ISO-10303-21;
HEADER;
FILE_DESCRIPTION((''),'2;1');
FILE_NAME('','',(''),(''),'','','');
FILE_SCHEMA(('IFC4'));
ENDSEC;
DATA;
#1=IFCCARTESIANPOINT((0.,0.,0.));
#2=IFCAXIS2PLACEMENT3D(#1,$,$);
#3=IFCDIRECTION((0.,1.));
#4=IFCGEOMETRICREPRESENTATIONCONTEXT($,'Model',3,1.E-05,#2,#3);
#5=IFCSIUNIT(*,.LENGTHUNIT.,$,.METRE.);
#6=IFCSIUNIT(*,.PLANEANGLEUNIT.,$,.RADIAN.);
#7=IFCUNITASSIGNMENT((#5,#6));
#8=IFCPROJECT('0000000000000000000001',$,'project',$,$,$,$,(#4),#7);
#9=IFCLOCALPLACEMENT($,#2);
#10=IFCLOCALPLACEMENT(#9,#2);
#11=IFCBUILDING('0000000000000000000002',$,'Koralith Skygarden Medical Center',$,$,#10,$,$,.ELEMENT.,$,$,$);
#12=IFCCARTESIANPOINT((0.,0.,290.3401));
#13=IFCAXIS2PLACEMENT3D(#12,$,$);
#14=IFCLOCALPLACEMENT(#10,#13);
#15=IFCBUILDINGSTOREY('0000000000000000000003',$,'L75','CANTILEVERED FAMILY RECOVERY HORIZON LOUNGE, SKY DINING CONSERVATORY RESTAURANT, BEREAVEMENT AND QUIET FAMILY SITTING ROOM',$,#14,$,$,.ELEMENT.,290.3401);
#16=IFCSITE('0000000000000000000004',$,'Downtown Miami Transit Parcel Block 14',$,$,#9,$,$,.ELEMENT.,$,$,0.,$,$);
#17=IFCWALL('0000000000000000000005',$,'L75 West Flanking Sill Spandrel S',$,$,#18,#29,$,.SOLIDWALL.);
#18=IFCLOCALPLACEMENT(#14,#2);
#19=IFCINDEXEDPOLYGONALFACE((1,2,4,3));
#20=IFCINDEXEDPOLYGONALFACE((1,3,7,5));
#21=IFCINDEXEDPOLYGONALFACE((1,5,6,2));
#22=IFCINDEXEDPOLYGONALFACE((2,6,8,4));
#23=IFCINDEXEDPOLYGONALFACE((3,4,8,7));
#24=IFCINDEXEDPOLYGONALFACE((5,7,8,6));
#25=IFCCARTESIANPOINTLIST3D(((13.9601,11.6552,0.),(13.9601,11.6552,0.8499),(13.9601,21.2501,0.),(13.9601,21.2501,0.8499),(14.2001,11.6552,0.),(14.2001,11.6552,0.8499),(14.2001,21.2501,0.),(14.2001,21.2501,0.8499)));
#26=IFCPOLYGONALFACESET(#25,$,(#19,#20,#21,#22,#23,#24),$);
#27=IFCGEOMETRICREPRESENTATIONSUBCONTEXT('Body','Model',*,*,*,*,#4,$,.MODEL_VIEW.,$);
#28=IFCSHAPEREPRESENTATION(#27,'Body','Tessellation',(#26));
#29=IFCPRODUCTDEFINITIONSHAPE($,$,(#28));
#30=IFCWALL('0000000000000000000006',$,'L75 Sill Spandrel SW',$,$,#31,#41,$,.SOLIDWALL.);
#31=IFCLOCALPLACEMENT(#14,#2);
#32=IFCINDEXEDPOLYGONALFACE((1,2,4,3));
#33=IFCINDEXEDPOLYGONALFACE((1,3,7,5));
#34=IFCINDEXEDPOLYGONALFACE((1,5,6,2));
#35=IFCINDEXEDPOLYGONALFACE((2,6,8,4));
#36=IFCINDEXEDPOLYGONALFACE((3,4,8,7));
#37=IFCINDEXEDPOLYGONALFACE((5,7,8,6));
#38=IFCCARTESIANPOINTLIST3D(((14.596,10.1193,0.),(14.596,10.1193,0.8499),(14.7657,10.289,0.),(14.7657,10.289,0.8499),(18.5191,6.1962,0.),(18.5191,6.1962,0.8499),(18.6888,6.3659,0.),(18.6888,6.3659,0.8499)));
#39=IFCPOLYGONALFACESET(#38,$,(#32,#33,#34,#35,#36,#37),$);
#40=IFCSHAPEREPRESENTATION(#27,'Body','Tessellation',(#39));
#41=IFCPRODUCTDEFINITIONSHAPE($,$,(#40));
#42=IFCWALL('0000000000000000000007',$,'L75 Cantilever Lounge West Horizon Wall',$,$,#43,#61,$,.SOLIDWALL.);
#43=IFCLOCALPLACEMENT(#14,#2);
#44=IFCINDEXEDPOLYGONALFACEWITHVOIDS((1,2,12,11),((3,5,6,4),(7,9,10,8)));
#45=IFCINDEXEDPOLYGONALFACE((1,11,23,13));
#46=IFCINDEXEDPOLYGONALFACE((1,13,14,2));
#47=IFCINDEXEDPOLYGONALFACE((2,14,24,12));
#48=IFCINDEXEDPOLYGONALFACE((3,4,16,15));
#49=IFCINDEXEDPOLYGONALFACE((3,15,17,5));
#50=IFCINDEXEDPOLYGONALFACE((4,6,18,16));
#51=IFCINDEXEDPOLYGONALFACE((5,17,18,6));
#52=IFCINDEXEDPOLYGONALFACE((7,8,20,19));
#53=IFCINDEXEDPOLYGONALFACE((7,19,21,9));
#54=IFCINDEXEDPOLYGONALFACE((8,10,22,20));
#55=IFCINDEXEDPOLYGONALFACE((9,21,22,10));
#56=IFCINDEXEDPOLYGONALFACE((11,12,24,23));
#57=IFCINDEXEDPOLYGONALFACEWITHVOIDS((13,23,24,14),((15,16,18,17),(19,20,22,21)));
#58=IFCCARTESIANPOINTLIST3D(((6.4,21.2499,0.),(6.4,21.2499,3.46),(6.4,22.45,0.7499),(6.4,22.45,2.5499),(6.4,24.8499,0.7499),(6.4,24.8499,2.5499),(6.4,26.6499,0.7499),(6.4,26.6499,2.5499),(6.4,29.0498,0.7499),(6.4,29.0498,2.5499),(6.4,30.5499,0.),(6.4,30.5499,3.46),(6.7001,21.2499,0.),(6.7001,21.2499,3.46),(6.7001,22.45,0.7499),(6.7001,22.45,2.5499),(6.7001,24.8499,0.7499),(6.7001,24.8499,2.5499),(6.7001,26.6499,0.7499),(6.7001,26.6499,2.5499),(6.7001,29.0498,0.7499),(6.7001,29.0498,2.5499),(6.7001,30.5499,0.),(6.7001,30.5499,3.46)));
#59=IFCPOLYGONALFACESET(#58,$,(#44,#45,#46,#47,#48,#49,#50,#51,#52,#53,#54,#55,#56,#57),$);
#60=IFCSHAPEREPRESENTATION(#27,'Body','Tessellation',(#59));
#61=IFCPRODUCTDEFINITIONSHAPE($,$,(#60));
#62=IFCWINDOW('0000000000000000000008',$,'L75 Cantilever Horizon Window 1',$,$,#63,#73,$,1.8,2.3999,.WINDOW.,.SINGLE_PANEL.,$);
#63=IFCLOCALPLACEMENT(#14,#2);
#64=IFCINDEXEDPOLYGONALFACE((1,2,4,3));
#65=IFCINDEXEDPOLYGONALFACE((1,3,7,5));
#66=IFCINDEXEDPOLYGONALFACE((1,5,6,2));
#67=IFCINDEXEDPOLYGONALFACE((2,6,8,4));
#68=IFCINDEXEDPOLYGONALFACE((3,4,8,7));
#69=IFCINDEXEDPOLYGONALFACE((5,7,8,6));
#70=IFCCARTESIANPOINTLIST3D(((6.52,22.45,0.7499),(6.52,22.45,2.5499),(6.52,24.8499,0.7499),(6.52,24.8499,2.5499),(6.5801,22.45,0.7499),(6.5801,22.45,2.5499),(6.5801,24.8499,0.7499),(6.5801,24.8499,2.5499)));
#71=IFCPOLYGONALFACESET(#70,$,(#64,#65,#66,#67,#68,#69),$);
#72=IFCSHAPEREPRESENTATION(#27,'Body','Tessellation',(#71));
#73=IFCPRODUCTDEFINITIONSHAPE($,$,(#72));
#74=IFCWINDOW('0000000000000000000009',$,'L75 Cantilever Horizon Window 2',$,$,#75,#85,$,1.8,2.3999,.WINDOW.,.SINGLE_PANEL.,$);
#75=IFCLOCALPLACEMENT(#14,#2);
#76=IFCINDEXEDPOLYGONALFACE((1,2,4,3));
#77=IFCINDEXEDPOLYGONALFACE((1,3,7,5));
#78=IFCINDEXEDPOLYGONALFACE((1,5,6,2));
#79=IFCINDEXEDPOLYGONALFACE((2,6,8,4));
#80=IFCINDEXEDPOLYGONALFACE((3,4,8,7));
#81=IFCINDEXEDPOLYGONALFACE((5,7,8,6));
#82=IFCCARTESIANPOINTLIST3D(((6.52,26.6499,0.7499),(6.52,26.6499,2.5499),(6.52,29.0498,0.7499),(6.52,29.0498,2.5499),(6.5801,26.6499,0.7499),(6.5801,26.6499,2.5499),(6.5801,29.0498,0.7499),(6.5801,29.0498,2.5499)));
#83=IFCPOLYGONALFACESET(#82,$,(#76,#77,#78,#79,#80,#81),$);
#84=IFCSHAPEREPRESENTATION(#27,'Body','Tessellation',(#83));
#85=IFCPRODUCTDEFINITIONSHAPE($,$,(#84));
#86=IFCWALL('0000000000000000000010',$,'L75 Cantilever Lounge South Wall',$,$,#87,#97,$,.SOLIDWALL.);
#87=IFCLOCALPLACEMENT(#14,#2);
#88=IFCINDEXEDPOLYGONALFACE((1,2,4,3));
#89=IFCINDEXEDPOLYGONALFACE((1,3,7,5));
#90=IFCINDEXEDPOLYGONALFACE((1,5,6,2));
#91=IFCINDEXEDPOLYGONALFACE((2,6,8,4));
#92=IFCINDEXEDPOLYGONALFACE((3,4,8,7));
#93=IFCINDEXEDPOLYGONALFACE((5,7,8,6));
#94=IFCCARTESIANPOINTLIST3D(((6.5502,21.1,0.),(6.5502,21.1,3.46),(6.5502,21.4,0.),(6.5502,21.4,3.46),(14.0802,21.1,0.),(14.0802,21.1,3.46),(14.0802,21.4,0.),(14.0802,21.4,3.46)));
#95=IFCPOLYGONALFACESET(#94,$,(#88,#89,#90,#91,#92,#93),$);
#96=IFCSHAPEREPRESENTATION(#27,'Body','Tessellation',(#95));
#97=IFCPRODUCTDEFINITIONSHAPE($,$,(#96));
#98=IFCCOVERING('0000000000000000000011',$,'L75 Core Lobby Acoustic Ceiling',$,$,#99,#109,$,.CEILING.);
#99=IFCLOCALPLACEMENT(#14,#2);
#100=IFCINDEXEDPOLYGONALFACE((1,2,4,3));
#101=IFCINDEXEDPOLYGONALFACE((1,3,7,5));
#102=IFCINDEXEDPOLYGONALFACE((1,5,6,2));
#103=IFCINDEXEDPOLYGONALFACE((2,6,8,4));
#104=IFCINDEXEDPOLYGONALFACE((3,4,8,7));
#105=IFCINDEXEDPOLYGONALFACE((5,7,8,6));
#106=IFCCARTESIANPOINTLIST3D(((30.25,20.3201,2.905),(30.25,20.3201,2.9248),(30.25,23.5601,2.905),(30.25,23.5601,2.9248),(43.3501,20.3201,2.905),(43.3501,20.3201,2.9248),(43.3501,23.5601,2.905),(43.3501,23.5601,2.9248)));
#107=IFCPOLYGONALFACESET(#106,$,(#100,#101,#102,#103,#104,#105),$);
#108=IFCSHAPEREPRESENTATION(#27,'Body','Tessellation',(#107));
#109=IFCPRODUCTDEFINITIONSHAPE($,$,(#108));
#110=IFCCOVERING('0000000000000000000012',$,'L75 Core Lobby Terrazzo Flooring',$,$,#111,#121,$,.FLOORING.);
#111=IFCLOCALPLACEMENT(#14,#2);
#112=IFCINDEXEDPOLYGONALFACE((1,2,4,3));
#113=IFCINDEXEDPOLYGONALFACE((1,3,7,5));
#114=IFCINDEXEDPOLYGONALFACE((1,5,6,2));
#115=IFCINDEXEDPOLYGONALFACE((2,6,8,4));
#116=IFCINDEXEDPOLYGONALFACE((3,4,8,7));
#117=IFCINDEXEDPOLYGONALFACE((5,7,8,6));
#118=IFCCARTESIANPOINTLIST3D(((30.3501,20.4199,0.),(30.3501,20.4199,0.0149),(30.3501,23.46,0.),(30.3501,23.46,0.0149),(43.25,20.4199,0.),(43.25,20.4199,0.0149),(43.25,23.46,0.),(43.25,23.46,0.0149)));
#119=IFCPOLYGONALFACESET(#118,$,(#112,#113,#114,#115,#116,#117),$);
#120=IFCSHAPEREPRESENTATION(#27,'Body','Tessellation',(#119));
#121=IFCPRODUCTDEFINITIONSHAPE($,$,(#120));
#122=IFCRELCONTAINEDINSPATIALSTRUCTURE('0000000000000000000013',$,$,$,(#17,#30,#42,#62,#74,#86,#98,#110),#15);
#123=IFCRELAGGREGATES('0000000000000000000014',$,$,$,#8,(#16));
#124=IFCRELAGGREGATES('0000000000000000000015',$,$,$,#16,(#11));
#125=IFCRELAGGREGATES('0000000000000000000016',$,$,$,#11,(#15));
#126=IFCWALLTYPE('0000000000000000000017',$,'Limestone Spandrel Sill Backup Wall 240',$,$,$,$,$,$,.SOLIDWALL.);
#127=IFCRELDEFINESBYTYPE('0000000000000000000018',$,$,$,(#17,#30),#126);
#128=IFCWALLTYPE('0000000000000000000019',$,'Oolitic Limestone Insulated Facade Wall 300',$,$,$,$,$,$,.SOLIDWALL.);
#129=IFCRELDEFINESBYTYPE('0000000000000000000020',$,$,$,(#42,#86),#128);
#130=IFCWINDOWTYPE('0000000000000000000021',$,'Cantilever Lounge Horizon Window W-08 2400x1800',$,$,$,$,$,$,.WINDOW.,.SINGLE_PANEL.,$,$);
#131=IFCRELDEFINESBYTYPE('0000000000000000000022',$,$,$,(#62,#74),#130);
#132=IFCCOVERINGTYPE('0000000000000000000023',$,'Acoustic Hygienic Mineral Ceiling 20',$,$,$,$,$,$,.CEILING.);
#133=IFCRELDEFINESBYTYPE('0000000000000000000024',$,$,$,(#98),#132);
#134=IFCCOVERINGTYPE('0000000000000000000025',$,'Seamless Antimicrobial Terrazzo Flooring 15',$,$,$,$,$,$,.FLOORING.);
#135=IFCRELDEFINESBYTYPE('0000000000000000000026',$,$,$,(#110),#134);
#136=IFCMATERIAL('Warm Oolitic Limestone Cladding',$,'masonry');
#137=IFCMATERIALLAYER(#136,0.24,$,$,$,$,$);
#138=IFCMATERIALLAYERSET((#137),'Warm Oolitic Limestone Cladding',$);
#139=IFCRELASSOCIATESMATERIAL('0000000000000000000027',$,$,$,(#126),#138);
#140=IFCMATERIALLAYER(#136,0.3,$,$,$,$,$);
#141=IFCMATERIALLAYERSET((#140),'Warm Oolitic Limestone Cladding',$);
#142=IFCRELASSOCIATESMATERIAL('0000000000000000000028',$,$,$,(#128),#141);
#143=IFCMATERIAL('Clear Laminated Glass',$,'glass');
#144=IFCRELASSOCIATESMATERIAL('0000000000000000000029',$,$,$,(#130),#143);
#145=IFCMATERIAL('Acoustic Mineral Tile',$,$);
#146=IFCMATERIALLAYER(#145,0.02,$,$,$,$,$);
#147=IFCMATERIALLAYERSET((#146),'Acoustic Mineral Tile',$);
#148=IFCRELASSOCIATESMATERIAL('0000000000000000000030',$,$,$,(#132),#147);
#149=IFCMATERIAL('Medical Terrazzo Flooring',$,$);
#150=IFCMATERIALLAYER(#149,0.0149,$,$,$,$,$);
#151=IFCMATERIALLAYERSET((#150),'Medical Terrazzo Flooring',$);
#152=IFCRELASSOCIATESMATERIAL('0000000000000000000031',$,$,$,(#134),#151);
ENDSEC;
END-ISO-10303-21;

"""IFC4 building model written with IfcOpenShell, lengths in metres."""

from ifc_helpers import new_model, si_unit, direction, frame, frame_2d, origin, place, context, subcontext, project, spatial, polyline, rectangle, outline, extrude, material, layer, layer_set, type_object, element, fill, save


model = new_model("IFC4")

# Units and contexts
model_context = context("Model", 3, precision=1e-05, world=origin(), true_north=direction((0.0, 1.0)))
body_context = subcontext(model_context, "Body", "Model", "MODEL_VIEW")
ifc_project = project(units=[si_unit("LENGTHUNIT", "METRE"), si_unit("PLANEANGLEUNIT", "RADIAN")], contexts=[model_context])

# Site, building, storey
site_placement = place(None, origin())
site = spatial("IfcSite", under=ifc_project, at=site_placement, Name="Downtown Miami Transit Parcel Block 14", CompositionType="ELEMENT", RefElevation=0.0)
building_placement = place(site_placement, origin())
building = spatial("IfcBuilding", under=site, at=building_placement, Name="Koralith Skygarden Medical Center", CompositionType="ELEMENT")
storey_placement = place(building_placement, frame((0.0, 0.0, 290.3401)))
storey = spatial("IfcBuildingStorey", under=building, at=storey_placement, Name="L75", Description="CANTILEVERED FAMILY RECOVERY HORIZON LOUNGE, SKY DINING CONSERVATORY RESTAURANT, BEREAVEMENT AND QUIET FAMILY SITTING ROOM", CompositionType="ELEMENT", Elevation=290.3401)

# Shared definitions
ifc_material_1 = material(Name="Clear Laminated Glass", Category="glass")

# Shared definitions
ifc_material_2 = material(Name="Warm Oolitic Limestone Cladding", Category="masonry")

# Walls
ifc_layer_1 = layer(ifc_material_2, 0.24)
ifc_layer_set_1 = layer_set([ifc_layer_1], Name="Warm Oolitic Limestone Cladding")
wall_type_1 = type_object("IfcWallType", Name="Limestone Spandrel Sill Backup Wall 240", PredefinedType="SOLIDWALL", material=ifc_layer_set_1)
wall_1_placement = place(storey_placement, frame((14.0801, 21.25, 0.0), z_axis=(0.0, 0.0, 1.0), x_axis=(0.0, -1.0, 0.0)))
element("IfcWall", 1, at=wall_1_placement, inside=storey, type_object=wall_type_1, Name="L75 West Flanking Sill Spandrel S", PredefinedType="SOLIDWALL", context=body_context, shape_type="SweptSolid", body=[
    extrude(rectangle(XDim=9.595, YDim=0.24, at=frame_2d((4.7974, 0.0))), origin(), (0.0, 0.0, 1.0), 0.8499),
])
wall_2_placement = place(storey_placement, frame((14.6809, 10.2041, 0.0), z_axis=(0.0, 0.0, 1.0), x_axis=(0.707107, -0.707107, 0.0)))
element("IfcWall", 2, at=wall_2_placement, inside=storey, type_object=wall_type_1, Name="L75 Sill Spandrel SW", PredefinedType="SOLIDWALL", context=body_context, shape_type="SweptSolid", body=[
    extrude(rectangle(XDim=5.5481, YDim=0.24, at=frame_2d((2.7739, 0.0))), origin(), (0.0, 0.0, 1.0), 0.8499),
])

# Wall, openings, windows
ifc_layer_2 = layer(ifc_material_2, 0.3)
ifc_layer_set_2 = layer_set([ifc_layer_2], Name="Warm Oolitic Limestone Cladding")
wall_type_2 = type_object("IfcWallType", Name="Oolitic Limestone Insulated Facade Wall 300", PredefinedType="SOLIDWALL", material=ifc_layer_set_2)
wall_3_placement = place(storey_placement, frame((6.55, 21.25, 0.0), z_axis=(0.0, 0.0, 1.0), x_axis=(0.0, 1.0, 0.0)))
wall_3 = element("IfcWall", 3, at=wall_3_placement, inside=storey, type_object=wall_type_2, Name="L75 Cantilever Lounge West Horizon Wall", PredefinedType="SOLIDWALL", context=body_context, shape_type="SweptSolid", body=[
    extrude(rectangle(XDim=9.3, YDim=0.3, at=frame_2d((4.6499, 0.0))), origin(), (0.0, 0.0, 1.0), 3.46),
])
opening_1_placement = place(wall_3_placement, frame((1.2, 0.0, 0.75)))
opening_1 = element("IfcOpeningElement", 4, at=opening_1_placement, cuts=wall_3, PredefinedType="OPENING", context=body_context, shape_type="SweptSolid", body=[
    extrude(rectangle(XDim=2.3999, YDim=1.8, at=frame_2d((1.2, 0.8999))), frame((0.0, 0.1599, 0.0), z_axis=(0.0, -1.0, 0.0), x_axis=(1.0, 0.0, 0.0)), (0.0, 0.0, 1.0), 0.3201),
])
opening_2_placement = place(wall_3_placement, frame((5.3999, 0.0, 0.75)))
opening_2 = element("IfcOpeningElement", 5, at=opening_2_placement, cuts=wall_3, PredefinedType="OPENING", context=body_context, shape_type="SweptSolid", body=[
    extrude(rectangle(XDim=2.3999, YDim=1.8, at=frame_2d((1.2, 0.8999))), frame((0.0, 0.1599, 0.0), z_axis=(0.0, -1.0, 0.0), x_axis=(1.0, 0.0, 0.0)), (0.0, 0.0, 1.0), 0.3201),
])
window_type = type_object("IfcWindowType", Name="Cantilever Lounge Horizon Window W-08 2400x1800", PartitioningType="SINGLE_PANEL", PredefinedType="WINDOW", material=ifc_material_1)
window_1_placement = place(opening_1_placement, origin())
window_1 = element("IfcWindow", 6, at=window_1_placement, inside=storey, type_object=window_type, Name="L75 Cantilever Horizon Window 1", OverallHeight=1.8, OverallWidth=2.3999, PartitioningType="SINGLE_PANEL", PredefinedType="WINDOW", context=body_context, shape_type="SweptSolid", body=[
    extrude(rectangle(XDim=2.3999, YDim=1.8, at=frame_2d((1.2, 0.8999))), frame((0.0, 0.03, 0.0), z_axis=(0.0, -1.0, 0.0), x_axis=(1.0, 0.0, 0.0)), (0.0, 0.0, 1.0), 0.0601),
])
fill(opening_1, window_1)
window_2_placement = place(opening_2_placement, origin())
window_2 = element("IfcWindow", 7, at=window_2_placement, inside=storey, type_object=window_type, Name="L75 Cantilever Horizon Window 2", OverallHeight=1.8, OverallWidth=2.3999, PartitioningType="SINGLE_PANEL", PredefinedType="WINDOW", context=body_context, shape_type="SweptSolid", body=[
    extrude(rectangle(XDim=2.3999, YDim=1.8, at=frame_2d((1.2, 0.8999))), frame((0.0, 0.03, 0.0), z_axis=(0.0, -1.0, 0.0), x_axis=(1.0, 0.0, 0.0)), (0.0, 0.0, 1.0), 0.0601),
])
fill(opening_2, window_2)

# Wall
wall_4_placement = place(storey_placement, frame((6.55, 21.25, 0.0), z_axis=(0.0, 0.0, 1.0), x_axis=(1.0, 0.0, 0.0)))
element("IfcWall", 8, at=wall_4_placement, inside=storey, type_object=wall_type_2, Name="L75 Cantilever Lounge South Wall", PredefinedType="SOLIDWALL", context=body_context, shape_type="SweptSolid", body=[
    extrude(rectangle(XDim=7.53, YDim=0.3, at=frame_2d((3.7651, 0.0))), origin(), (0.0, 0.0, 1.0), 3.46),
])

# Coverings
ifc_material_3 = material(Name="Acoustic Mineral Tile")
ifc_layer_3 = layer(ifc_material_3, 0.02)
ifc_layer_set_3 = layer_set([ifc_layer_3], Name="Acoustic Mineral Tile")
covering_type_1 = type_object("IfcCoveringType", Name="Acoustic Hygienic Mineral Ceiling 20", PredefinedType="CEILING", material=ifc_layer_set_3)
covering_1_placement = place(storey_placement, frame((0.0, 0.0, 2.905)))
element("IfcCovering", 9, at=covering_1_placement, inside=storey, type_object=covering_type_1, Name="L75 Core Lobby Acoustic Ceiling", PredefinedType="CEILING", context=body_context, shape_type="SweptSolid", body=[
    extrude(outline(polyline([(30.25, 20.3201), (43.3501, 20.3201), (43.3501, 23.5601), (30.25, 23.5601), (30.25, 20.3201)])), origin(), (0.0, 0.0, 1.0), 0.0198),
])
ifc_material_4 = material(Name="Medical Terrazzo Flooring")
ifc_layer_4 = layer(ifc_material_4, 0.0149)
ifc_layer_set_4 = layer_set([ifc_layer_4], Name="Medical Terrazzo Flooring")
covering_type_2 = type_object("IfcCoveringType", Name="Seamless Antimicrobial Terrazzo Flooring 15", PredefinedType="FLOORING", material=ifc_layer_set_4)
covering_2_placement = place(storey_placement, origin())
element("IfcCovering", 10, at=covering_2_placement, inside=storey, type_object=covering_type_2, Name="L75 Core Lobby Terrazzo Flooring", PredefinedType="FLOORING", context=body_context, shape_type="SweptSolid", body=[
    extrude(outline(polyline([(30.3501, 20.4199), (43.25, 20.4199), (43.25, 23.46), (30.3501, 23.46), (30.3501, 20.4199)])), origin(), (0.0, 0.0, 1.0), 0.0149),
])

save(model, "model.ifc")
